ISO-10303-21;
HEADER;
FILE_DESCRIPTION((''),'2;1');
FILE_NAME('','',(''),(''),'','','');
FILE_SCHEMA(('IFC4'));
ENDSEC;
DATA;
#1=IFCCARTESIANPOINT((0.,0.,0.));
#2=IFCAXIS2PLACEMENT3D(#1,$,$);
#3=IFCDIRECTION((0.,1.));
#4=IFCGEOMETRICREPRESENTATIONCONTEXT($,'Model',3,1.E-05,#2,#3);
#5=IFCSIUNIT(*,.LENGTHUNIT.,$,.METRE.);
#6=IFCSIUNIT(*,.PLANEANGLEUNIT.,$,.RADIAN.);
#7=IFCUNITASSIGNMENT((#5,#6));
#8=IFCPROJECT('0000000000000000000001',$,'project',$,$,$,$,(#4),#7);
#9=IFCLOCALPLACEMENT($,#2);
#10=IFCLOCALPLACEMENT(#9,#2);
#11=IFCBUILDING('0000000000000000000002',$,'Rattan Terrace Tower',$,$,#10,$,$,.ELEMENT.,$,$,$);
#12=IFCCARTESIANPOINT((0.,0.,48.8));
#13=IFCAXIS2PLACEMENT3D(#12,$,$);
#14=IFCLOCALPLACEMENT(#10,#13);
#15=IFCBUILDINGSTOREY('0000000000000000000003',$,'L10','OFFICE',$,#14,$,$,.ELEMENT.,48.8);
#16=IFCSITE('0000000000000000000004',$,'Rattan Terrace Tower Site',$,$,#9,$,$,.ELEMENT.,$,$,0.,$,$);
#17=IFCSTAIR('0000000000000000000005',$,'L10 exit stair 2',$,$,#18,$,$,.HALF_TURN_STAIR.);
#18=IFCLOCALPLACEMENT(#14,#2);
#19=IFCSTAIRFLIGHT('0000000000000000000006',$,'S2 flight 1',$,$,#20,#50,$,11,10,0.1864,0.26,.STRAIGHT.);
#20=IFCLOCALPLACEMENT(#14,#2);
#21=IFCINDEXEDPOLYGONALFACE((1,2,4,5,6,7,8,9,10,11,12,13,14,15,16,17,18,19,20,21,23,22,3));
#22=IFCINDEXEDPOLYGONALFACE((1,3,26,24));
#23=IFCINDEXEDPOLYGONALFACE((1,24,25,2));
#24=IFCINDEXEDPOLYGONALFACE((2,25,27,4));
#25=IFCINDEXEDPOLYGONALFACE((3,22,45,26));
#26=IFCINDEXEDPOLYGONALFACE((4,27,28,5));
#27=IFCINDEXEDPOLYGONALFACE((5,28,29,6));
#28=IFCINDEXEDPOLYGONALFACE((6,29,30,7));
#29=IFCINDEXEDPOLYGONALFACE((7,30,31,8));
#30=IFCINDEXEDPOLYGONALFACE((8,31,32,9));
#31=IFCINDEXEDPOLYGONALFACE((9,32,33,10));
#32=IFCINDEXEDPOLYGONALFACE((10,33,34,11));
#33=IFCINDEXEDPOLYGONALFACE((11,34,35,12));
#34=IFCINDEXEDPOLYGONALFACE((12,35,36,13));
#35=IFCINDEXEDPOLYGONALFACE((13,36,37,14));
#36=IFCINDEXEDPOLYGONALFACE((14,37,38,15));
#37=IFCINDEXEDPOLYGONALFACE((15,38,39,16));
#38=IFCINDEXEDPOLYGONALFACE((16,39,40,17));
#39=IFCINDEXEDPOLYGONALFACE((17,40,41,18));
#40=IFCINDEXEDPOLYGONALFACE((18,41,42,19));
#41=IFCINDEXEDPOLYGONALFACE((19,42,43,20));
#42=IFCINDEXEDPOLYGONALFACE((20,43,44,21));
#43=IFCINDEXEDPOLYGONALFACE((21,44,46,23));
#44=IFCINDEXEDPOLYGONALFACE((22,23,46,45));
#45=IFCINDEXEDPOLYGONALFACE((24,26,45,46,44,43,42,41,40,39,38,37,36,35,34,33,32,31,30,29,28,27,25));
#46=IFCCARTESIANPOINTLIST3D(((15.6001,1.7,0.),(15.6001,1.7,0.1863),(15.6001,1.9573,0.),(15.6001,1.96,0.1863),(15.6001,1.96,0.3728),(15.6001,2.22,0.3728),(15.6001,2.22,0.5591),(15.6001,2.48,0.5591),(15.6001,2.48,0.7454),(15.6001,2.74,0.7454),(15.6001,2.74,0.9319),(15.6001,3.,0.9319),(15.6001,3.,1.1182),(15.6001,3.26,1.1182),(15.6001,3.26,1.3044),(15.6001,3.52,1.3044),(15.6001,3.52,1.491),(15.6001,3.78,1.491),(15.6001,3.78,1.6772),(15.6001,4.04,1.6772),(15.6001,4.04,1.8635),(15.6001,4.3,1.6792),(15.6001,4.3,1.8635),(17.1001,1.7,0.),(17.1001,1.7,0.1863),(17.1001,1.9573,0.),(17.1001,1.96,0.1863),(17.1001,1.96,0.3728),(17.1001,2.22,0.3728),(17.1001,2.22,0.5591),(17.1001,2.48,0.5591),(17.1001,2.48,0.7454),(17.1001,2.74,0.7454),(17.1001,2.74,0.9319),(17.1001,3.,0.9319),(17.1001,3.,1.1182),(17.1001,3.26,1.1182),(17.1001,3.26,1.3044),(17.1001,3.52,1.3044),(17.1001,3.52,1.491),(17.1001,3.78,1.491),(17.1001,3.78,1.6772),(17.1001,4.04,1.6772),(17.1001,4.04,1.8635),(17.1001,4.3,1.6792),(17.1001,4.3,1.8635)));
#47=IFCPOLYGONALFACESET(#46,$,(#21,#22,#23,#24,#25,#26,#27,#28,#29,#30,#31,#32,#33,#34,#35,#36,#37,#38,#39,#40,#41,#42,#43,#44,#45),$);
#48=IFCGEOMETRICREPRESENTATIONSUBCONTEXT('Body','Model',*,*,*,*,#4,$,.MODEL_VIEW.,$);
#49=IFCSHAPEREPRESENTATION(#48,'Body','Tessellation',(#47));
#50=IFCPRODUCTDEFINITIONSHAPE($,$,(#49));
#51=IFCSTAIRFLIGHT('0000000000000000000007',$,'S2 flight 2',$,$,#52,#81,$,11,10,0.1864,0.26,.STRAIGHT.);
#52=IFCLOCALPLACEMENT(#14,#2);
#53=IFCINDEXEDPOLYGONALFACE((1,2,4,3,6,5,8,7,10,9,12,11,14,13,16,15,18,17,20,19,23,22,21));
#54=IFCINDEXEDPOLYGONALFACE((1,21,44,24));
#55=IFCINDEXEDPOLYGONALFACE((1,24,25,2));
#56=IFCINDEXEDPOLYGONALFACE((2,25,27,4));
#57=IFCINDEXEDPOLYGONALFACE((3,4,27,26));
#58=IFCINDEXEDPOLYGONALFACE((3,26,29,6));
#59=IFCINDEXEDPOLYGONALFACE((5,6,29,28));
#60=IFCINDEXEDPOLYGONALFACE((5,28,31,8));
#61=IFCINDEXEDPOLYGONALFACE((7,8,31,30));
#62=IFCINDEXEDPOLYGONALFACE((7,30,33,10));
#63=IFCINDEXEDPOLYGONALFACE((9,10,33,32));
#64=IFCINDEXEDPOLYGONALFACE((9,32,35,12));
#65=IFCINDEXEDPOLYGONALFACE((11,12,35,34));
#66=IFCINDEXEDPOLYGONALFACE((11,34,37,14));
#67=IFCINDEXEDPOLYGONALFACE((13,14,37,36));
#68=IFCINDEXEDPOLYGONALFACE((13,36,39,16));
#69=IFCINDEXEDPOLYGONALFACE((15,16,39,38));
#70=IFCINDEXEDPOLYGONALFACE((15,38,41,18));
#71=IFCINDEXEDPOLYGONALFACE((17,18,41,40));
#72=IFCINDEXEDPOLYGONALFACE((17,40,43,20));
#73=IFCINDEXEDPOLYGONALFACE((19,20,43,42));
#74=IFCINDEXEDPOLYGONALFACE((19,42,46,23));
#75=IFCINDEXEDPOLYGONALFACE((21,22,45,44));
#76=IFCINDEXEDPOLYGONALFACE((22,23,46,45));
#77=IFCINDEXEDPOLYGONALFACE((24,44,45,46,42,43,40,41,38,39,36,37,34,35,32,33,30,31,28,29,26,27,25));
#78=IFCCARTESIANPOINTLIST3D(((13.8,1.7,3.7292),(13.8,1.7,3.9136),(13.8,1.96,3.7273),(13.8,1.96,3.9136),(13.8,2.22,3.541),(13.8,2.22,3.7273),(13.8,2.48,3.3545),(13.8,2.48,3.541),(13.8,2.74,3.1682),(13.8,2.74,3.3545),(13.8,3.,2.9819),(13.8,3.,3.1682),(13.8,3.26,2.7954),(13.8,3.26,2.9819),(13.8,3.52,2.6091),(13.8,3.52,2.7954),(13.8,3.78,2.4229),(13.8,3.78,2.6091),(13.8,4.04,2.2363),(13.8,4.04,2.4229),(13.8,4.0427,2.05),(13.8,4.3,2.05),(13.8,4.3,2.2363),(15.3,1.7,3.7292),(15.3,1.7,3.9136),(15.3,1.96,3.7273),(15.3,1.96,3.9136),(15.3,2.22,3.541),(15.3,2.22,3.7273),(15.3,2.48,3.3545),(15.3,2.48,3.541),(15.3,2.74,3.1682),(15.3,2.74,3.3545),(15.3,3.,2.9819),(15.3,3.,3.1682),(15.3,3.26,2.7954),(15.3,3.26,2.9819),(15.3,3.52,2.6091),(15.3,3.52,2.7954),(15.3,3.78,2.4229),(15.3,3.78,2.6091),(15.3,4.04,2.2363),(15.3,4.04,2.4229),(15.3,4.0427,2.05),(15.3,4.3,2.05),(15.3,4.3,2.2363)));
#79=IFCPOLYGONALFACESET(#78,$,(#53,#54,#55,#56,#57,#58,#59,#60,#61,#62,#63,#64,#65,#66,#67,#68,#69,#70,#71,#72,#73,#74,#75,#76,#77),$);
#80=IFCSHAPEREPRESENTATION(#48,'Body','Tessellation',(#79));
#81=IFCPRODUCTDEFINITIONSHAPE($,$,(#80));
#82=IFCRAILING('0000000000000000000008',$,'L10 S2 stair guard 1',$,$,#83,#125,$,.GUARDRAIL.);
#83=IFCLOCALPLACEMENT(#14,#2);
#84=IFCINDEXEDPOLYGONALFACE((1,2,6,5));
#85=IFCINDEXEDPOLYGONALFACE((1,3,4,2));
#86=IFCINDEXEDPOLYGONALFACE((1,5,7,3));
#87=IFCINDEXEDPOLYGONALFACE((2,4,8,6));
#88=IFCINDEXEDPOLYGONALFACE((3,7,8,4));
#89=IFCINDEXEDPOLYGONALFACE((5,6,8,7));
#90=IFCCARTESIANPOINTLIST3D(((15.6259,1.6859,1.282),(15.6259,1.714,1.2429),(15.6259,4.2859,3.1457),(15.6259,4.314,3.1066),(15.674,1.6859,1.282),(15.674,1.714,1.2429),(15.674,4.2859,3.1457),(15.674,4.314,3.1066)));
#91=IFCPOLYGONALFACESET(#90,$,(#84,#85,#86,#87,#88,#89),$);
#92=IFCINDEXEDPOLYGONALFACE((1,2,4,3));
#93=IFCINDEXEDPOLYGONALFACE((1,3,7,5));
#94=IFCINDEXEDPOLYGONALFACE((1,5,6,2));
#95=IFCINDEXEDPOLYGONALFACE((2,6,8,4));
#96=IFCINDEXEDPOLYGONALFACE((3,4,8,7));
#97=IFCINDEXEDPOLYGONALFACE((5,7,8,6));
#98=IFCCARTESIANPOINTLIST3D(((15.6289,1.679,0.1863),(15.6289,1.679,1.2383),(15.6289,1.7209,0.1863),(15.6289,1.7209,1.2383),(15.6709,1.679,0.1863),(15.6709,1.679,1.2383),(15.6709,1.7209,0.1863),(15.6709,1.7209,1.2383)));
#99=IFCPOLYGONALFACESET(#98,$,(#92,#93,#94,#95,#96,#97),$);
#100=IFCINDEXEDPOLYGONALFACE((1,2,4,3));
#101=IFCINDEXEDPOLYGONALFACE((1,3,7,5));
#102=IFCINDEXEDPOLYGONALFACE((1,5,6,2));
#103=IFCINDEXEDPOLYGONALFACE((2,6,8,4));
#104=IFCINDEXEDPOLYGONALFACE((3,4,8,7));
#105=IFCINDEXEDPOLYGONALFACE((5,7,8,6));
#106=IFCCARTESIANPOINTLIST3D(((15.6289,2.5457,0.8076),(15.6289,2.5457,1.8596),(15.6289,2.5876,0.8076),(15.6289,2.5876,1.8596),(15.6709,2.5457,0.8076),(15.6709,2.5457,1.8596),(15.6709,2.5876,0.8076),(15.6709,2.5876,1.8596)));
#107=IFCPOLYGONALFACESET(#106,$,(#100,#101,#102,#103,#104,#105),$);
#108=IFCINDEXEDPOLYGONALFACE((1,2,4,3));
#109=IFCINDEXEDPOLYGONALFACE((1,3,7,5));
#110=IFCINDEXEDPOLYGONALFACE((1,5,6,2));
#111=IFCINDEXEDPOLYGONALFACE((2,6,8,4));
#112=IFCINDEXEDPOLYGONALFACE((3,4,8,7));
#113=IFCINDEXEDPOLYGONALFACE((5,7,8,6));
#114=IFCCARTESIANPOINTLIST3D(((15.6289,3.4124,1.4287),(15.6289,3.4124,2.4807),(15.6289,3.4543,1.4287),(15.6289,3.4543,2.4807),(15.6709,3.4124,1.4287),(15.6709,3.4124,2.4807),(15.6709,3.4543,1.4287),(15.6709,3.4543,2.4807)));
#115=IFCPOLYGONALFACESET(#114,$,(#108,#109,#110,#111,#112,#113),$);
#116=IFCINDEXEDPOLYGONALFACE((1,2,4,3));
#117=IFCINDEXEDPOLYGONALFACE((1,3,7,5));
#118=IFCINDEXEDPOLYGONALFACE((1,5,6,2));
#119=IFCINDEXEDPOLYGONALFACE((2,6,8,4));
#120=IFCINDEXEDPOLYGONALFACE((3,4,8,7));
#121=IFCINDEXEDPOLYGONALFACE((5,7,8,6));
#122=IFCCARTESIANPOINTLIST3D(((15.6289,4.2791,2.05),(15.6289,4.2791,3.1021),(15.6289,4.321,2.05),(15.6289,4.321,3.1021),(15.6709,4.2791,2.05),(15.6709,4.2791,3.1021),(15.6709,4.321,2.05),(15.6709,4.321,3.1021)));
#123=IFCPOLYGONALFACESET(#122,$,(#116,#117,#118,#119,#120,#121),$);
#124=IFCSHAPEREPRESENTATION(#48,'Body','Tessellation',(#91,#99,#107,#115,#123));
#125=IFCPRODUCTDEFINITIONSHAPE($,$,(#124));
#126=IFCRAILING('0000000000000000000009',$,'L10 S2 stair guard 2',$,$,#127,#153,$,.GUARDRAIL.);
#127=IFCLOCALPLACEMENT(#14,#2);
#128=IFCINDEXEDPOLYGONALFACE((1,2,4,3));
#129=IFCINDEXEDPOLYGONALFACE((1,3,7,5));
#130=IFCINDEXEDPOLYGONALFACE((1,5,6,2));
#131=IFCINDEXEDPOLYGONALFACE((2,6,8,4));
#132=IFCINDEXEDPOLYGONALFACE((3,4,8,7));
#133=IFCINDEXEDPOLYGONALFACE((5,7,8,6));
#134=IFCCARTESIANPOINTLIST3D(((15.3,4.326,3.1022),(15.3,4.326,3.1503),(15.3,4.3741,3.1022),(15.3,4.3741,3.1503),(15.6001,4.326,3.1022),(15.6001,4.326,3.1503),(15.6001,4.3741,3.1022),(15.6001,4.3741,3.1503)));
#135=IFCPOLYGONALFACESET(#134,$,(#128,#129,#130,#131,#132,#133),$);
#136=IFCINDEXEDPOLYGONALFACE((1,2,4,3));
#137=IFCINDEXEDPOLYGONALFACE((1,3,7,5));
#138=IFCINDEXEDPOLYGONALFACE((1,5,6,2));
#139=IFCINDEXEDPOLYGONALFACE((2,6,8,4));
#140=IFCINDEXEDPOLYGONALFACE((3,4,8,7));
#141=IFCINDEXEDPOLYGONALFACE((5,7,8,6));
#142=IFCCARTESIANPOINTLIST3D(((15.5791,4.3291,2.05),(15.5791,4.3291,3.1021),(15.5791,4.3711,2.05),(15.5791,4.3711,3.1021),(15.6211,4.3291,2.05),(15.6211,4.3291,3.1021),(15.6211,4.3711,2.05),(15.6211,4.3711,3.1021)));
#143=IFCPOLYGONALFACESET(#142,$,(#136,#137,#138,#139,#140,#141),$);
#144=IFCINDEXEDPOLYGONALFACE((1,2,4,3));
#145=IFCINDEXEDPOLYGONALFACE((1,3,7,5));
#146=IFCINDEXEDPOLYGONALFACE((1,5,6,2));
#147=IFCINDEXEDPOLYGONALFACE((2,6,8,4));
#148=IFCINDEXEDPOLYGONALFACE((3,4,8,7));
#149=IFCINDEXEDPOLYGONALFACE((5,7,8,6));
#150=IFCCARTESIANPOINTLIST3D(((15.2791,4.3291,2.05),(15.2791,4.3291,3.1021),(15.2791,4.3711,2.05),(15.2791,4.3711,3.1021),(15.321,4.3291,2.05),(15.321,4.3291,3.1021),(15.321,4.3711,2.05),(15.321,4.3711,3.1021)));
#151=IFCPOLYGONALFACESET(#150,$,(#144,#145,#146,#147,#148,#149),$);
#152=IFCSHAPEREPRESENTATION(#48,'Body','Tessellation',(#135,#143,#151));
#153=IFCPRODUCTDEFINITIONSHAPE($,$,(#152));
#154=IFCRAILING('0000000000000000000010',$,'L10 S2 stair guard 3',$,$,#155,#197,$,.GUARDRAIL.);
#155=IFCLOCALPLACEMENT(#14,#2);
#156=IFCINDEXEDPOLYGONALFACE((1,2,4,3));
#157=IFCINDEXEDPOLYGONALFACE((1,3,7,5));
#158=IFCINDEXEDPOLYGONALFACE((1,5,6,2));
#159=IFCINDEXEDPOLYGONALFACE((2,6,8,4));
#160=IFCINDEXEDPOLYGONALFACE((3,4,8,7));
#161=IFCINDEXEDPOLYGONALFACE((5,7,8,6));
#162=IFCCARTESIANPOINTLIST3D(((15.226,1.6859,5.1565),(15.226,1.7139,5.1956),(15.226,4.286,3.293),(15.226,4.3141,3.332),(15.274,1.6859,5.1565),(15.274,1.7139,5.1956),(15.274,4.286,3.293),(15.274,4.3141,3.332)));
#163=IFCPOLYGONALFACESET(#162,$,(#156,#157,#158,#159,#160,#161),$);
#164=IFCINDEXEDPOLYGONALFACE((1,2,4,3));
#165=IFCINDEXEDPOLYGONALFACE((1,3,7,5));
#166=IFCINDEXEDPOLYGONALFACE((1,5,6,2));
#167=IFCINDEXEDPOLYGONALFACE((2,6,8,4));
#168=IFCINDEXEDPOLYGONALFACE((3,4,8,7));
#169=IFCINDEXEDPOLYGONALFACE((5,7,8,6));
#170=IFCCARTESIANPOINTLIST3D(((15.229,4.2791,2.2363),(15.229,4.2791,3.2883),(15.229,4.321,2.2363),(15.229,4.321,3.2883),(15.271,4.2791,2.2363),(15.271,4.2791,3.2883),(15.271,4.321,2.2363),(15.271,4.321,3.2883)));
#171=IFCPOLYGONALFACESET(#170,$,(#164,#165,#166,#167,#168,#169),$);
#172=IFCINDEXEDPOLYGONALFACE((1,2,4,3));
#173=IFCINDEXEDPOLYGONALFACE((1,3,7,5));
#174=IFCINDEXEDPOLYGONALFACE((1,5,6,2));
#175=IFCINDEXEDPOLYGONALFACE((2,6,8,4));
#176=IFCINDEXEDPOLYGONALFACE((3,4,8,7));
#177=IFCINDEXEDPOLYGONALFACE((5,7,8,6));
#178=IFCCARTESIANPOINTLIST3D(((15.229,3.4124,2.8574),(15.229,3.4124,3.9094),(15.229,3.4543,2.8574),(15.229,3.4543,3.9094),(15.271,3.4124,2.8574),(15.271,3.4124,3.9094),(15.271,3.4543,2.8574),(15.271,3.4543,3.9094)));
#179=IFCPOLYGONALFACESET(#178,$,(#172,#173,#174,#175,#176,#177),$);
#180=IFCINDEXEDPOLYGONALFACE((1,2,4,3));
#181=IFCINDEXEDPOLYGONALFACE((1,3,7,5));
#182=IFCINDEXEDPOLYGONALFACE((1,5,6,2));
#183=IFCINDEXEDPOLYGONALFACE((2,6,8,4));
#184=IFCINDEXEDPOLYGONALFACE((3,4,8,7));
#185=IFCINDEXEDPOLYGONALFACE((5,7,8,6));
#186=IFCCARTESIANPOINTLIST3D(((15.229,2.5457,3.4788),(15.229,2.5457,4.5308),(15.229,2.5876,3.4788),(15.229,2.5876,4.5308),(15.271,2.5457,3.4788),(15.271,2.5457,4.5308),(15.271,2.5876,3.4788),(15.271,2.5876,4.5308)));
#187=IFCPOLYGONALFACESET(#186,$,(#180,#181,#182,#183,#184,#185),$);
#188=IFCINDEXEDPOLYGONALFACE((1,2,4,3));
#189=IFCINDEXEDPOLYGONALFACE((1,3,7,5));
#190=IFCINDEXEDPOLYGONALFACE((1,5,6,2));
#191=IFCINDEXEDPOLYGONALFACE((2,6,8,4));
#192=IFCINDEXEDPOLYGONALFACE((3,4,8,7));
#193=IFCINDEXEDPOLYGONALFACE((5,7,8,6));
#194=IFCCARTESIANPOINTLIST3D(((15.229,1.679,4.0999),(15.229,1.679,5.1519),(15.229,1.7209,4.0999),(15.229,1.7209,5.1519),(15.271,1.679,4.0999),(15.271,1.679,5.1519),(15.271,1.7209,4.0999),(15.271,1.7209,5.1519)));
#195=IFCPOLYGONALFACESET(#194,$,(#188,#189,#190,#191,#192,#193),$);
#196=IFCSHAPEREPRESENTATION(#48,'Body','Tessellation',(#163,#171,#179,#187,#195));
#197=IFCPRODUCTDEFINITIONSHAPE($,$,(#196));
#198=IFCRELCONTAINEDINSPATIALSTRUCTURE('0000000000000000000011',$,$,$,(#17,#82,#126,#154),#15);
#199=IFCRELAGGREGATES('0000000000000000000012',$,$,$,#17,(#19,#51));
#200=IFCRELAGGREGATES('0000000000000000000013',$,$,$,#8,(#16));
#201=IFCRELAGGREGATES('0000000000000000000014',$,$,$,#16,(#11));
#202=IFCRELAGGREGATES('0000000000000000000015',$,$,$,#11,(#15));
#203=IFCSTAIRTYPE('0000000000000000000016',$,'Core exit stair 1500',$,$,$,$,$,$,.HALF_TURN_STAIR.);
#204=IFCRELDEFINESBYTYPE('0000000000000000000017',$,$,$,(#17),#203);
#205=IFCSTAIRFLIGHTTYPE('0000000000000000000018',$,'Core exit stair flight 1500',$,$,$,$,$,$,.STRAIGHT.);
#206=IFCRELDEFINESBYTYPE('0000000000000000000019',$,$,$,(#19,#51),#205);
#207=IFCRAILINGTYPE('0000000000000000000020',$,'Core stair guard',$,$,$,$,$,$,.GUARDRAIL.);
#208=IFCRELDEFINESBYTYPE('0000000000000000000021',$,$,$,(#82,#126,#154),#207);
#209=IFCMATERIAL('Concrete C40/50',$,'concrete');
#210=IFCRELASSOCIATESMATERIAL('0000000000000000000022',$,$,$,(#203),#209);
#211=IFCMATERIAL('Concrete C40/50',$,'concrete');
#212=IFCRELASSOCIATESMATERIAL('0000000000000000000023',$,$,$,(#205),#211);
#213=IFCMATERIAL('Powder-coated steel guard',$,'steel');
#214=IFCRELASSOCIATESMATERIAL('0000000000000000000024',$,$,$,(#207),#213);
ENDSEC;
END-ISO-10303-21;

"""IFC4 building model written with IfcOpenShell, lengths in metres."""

from ifc_helpers import new_model, si_unit, direction, frame, origin, origin_2d, place, context, subcontext, project, spatial, polyline, rectangle, outline, extrude, material, type_object, element, aggregate, save


model = new_model("IFC4")

# Units and contexts
model_context = context("Model", 3, precision=1e-05, world=origin(), true_north=direction((0.0, 1.0)))
body_context = subcontext(model_context, "Body", "Model", "MODEL_VIEW")
ifc_project = project(units=[si_unit("LENGTHUNIT", "METRE"), si_unit("PLANEANGLEUNIT", "RADIAN")], contexts=[model_context])

# Site, building, storey
site_placement = place(None, origin())
site = spatial("IfcSite", under=ifc_project, at=site_placement, Name="Rattan Terrace Tower Site", CompositionType="ELEMENT", RefElevation=0.0)
building_placement = place(site_placement, origin())
building = spatial("IfcBuilding", under=site, at=building_placement, Name="Rattan Terrace Tower", CompositionType="ELEMENT")
storey_placement = place(building_placement, frame((0.0, 0.0, 48.8)))
storey = spatial("IfcBuildingStorey", under=building, at=storey_placement, Name="L10", Description="OFFICE", CompositionType="ELEMENT", Elevation=48.8)

# Stair, stair flights
ifc_material_1 = material(Name="Concrete C40/50", Category="concrete")
stair_type = type_object("IfcStairType", Name="Core exit stair 1500", PredefinedType="HALF_TURN_STAIR", material=ifc_material_1)
stair_placement = place(storey_placement, origin())
stair = element("IfcStair", 1, at=stair_placement, inside=storey, type_object=stair_type, Name="L10 exit stair 2", PredefinedType="HALF_TURN_STAIR")
ifc_material_2 = material(Name="Concrete C40/50", Category="concrete")
stair_flight_type = type_object("IfcStairFlightType", Name="Core exit stair flight 1500", PredefinedType="STRAIGHT", material=ifc_material_2)
stair_flight_1_placement = place(storey_placement, frame((16.3501, 1.7, 0.0), z_axis=(0.0, 0.0, 1.0), x_axis=(0.0, 1.0, 0.0)))
stair_flight_1 = element("IfcStairFlight", 2, at=stair_flight_1_placement, type_object=stair_flight_type, Name="S2 flight 1", NumberOfRisers=11, NumberOfTreads=10, PredefinedType="STRAIGHT", RiserHeight=0.1864, TreadLength=0.26, context=body_context, shape_type="SweptSolid", body=[
    extrude(outline(polyline([(0.0, 0.0), (0.0, 0.1863), (0.26, 0.1863), (0.26, 0.3728), (0.52, 0.3728), (0.52, 0.5591), (0.78, 0.5591), (0.78, 0.7454), (1.04, 0.7454), (1.04, 0.9319), (1.3, 0.9319), (1.3, 1.1182), (1.5601, 1.1182), (1.5601, 1.3044), (1.8201, 1.3044), (1.8201, 1.491), (2.0801, 1.491), (2.0801, 1.6772), (2.3401, 1.6772), (2.3401, 1.8635), (2.6001, 1.8635), (2.6001, 2.05), (2.6001, 1.6792), (0.2573, 0.0), (0.0, 0.0)])), frame((0.0, 0.75, 0.0), z_axis=(0.0, -1.0, 0.0), x_axis=(1.0, 0.0, 0.0)), (0.0, 0.0, 1.0), 1.5),
])
stair_flight_2_placement = place(storey_placement, frame((14.55, 4.3, 2.05), z_axis=(0.0, 0.0, 1.0), x_axis=(0.0, -1.0, 0.0)))
stair_flight_2 = element("IfcStairFlight", 3, at=stair_flight_2_placement, type_object=stair_flight_type, Name="S2 flight 2", NumberOfRisers=11, NumberOfTreads=10, PredefinedType="STRAIGHT", RiserHeight=0.1864, TreadLength=0.26, context=body_context, shape_type="SweptSolid", body=[
    extrude(outline(polyline([(0.0, 0.0), (0.0, 0.1863), (0.26, 0.1863), (0.26, 0.3728), (0.52, 0.3728), (0.52, 0.5591), (0.78, 0.5591), (0.78, 0.7454), (1.04, 0.7454), (1.04, 0.9319), (1.3, 0.9319), (1.3, 1.1182), (1.5601, 1.1182), (1.5601, 1.3044), (1.8201, 1.3044), (1.8201, 1.491), (2.0801, 1.491), (2.0801, 1.6772), (2.3401, 1.6772), (2.3401, 1.8635), (2.6001, 1.8635), (2.6001, 2.05), (2.6001, 1.6792), (0.2573, 0.0), (0.0, 0.0)])), frame((0.0, 0.75, 0.0), z_axis=(0.0, -1.0, 0.0), x_axis=(1.0, 0.0, 0.0)), (0.0, 0.0, 1.0), 1.5),
])
aggregate(stair, [stair_flight_1, stair_flight_2])

# Railings
ifc_material_3 = material(Name="Powder-coated steel guard", Category="steel")
railing_type_1 = type_object("IfcRailingType", Name="Core stair guard", PredefinedType="GUARDRAIL", material=ifc_material_3)
railing_1_placement = place(storey_placement, frame((15.6499, 1.7, 0.1863)))
element("IfcRailing", 4, at=railing_1_placement, inside=storey, type_object=railing_type_1, Name="L10 S2 stair guard 1", PredefinedType="GUARDRAIL", context=body_context, shape_type="SweptSolid", body=[
    extrude(rectangle(XDim=0.0481, YDim=0.0481, at=origin_2d()), frame((0.0, 0.0, 1.0762), z_axis=(0.0, 0.812763, 0.582595), x_axis=(-1.0, 0.0, 0.0)), (0.0, 0.0, 1.0), 3.199),
    extrude(rectangle(XDim=0.042, YDim=0.042, at=origin_2d()), origin(), (0.0, 0.0, 1.0), 1.052),
    extrude(rectangle(XDim=0.042, YDim=0.042, at=origin_2d()), frame((0.0, 0.8667, 0.6213)), (0.0, 0.0, 1.0), 1.052),
    extrude(rectangle(XDim=0.042, YDim=0.042, at=origin_2d()), frame((0.0, 1.7334, 1.2424)), (0.0, 0.0, 1.0), 1.052),
    extrude(rectangle(XDim=0.042, YDim=0.042, at=origin_2d()), frame((0.0, 2.6001, 1.8638)), (0.0, 0.0, 1.0), 1.052),
])
railing_2_placement = place(storey_placement, frame((15.6001, 4.3501, 2.05)))
element("IfcRailing", 5, at=railing_2_placement, inside=storey, type_object=railing_type_1, Name="L10 S2 stair guard 2", PredefinedType="GUARDRAIL", context=body_context, shape_type="SweptSolid", body=[
    extrude(rectangle(XDim=0.0481, YDim=0.0481, at=origin_2d()), frame((0.0, 0.0, 1.0762), z_axis=(-1.0, 0.0, 0.0), x_axis=(0.0, -1.0, 0.0)), (0.0, 0.0, 1.0), 0.3),
    extrude(rectangle(XDim=0.042, YDim=0.042, at=origin_2d()), origin(), (0.0, 0.0, 1.0), 1.052),
    extrude(rectangle(XDim=0.042, YDim=0.042, at=origin_2d()), frame((-0.3, 0.0, 0.0)), (0.0, 0.0, 1.0), 1.052),
])
railing_3_placement = place(storey_placement, frame((15.25, 4.3, 2.2363)))
element("IfcRailing", 6, at=railing_3_placement, inside=storey, type_object=railing_type_1, Name="L10 S2 stair guard 3", PredefinedType="GUARDRAIL", context=body_context, shape_type="SweptSolid", body=[
    extrude(rectangle(XDim=0.0481, YDim=0.0481, at=origin_2d()), frame((0.0, 0.0, 1.0762), z_axis=(0.0, -0.812799, 0.582544), x_axis=(1.0, 0.0, 0.0)), (0.0, 0.0, 1.0), 3.199),
    extrude(rectangle(XDim=0.042, YDim=0.042, at=origin_2d()), origin(), (0.0, 0.0, 1.0), 1.052),
    extrude(rectangle(XDim=0.042, YDim=0.042, at=origin_2d()), frame((0.0, -0.8667, 0.6211)), (0.0, 0.0, 1.0), 1.052),
    extrude(rectangle(XDim=0.042, YDim=0.042, at=origin_2d()), frame((0.0, -1.7334, 1.2424)), (0.0, 0.0, 1.0), 1.052),
    extrude(rectangle(XDim=0.042, YDim=0.042, at=origin_2d()), frame((0.0, -2.6001, 1.8635)), (0.0, 0.0, 1.0), 1.052),
])

save(model, "model.ifc")
